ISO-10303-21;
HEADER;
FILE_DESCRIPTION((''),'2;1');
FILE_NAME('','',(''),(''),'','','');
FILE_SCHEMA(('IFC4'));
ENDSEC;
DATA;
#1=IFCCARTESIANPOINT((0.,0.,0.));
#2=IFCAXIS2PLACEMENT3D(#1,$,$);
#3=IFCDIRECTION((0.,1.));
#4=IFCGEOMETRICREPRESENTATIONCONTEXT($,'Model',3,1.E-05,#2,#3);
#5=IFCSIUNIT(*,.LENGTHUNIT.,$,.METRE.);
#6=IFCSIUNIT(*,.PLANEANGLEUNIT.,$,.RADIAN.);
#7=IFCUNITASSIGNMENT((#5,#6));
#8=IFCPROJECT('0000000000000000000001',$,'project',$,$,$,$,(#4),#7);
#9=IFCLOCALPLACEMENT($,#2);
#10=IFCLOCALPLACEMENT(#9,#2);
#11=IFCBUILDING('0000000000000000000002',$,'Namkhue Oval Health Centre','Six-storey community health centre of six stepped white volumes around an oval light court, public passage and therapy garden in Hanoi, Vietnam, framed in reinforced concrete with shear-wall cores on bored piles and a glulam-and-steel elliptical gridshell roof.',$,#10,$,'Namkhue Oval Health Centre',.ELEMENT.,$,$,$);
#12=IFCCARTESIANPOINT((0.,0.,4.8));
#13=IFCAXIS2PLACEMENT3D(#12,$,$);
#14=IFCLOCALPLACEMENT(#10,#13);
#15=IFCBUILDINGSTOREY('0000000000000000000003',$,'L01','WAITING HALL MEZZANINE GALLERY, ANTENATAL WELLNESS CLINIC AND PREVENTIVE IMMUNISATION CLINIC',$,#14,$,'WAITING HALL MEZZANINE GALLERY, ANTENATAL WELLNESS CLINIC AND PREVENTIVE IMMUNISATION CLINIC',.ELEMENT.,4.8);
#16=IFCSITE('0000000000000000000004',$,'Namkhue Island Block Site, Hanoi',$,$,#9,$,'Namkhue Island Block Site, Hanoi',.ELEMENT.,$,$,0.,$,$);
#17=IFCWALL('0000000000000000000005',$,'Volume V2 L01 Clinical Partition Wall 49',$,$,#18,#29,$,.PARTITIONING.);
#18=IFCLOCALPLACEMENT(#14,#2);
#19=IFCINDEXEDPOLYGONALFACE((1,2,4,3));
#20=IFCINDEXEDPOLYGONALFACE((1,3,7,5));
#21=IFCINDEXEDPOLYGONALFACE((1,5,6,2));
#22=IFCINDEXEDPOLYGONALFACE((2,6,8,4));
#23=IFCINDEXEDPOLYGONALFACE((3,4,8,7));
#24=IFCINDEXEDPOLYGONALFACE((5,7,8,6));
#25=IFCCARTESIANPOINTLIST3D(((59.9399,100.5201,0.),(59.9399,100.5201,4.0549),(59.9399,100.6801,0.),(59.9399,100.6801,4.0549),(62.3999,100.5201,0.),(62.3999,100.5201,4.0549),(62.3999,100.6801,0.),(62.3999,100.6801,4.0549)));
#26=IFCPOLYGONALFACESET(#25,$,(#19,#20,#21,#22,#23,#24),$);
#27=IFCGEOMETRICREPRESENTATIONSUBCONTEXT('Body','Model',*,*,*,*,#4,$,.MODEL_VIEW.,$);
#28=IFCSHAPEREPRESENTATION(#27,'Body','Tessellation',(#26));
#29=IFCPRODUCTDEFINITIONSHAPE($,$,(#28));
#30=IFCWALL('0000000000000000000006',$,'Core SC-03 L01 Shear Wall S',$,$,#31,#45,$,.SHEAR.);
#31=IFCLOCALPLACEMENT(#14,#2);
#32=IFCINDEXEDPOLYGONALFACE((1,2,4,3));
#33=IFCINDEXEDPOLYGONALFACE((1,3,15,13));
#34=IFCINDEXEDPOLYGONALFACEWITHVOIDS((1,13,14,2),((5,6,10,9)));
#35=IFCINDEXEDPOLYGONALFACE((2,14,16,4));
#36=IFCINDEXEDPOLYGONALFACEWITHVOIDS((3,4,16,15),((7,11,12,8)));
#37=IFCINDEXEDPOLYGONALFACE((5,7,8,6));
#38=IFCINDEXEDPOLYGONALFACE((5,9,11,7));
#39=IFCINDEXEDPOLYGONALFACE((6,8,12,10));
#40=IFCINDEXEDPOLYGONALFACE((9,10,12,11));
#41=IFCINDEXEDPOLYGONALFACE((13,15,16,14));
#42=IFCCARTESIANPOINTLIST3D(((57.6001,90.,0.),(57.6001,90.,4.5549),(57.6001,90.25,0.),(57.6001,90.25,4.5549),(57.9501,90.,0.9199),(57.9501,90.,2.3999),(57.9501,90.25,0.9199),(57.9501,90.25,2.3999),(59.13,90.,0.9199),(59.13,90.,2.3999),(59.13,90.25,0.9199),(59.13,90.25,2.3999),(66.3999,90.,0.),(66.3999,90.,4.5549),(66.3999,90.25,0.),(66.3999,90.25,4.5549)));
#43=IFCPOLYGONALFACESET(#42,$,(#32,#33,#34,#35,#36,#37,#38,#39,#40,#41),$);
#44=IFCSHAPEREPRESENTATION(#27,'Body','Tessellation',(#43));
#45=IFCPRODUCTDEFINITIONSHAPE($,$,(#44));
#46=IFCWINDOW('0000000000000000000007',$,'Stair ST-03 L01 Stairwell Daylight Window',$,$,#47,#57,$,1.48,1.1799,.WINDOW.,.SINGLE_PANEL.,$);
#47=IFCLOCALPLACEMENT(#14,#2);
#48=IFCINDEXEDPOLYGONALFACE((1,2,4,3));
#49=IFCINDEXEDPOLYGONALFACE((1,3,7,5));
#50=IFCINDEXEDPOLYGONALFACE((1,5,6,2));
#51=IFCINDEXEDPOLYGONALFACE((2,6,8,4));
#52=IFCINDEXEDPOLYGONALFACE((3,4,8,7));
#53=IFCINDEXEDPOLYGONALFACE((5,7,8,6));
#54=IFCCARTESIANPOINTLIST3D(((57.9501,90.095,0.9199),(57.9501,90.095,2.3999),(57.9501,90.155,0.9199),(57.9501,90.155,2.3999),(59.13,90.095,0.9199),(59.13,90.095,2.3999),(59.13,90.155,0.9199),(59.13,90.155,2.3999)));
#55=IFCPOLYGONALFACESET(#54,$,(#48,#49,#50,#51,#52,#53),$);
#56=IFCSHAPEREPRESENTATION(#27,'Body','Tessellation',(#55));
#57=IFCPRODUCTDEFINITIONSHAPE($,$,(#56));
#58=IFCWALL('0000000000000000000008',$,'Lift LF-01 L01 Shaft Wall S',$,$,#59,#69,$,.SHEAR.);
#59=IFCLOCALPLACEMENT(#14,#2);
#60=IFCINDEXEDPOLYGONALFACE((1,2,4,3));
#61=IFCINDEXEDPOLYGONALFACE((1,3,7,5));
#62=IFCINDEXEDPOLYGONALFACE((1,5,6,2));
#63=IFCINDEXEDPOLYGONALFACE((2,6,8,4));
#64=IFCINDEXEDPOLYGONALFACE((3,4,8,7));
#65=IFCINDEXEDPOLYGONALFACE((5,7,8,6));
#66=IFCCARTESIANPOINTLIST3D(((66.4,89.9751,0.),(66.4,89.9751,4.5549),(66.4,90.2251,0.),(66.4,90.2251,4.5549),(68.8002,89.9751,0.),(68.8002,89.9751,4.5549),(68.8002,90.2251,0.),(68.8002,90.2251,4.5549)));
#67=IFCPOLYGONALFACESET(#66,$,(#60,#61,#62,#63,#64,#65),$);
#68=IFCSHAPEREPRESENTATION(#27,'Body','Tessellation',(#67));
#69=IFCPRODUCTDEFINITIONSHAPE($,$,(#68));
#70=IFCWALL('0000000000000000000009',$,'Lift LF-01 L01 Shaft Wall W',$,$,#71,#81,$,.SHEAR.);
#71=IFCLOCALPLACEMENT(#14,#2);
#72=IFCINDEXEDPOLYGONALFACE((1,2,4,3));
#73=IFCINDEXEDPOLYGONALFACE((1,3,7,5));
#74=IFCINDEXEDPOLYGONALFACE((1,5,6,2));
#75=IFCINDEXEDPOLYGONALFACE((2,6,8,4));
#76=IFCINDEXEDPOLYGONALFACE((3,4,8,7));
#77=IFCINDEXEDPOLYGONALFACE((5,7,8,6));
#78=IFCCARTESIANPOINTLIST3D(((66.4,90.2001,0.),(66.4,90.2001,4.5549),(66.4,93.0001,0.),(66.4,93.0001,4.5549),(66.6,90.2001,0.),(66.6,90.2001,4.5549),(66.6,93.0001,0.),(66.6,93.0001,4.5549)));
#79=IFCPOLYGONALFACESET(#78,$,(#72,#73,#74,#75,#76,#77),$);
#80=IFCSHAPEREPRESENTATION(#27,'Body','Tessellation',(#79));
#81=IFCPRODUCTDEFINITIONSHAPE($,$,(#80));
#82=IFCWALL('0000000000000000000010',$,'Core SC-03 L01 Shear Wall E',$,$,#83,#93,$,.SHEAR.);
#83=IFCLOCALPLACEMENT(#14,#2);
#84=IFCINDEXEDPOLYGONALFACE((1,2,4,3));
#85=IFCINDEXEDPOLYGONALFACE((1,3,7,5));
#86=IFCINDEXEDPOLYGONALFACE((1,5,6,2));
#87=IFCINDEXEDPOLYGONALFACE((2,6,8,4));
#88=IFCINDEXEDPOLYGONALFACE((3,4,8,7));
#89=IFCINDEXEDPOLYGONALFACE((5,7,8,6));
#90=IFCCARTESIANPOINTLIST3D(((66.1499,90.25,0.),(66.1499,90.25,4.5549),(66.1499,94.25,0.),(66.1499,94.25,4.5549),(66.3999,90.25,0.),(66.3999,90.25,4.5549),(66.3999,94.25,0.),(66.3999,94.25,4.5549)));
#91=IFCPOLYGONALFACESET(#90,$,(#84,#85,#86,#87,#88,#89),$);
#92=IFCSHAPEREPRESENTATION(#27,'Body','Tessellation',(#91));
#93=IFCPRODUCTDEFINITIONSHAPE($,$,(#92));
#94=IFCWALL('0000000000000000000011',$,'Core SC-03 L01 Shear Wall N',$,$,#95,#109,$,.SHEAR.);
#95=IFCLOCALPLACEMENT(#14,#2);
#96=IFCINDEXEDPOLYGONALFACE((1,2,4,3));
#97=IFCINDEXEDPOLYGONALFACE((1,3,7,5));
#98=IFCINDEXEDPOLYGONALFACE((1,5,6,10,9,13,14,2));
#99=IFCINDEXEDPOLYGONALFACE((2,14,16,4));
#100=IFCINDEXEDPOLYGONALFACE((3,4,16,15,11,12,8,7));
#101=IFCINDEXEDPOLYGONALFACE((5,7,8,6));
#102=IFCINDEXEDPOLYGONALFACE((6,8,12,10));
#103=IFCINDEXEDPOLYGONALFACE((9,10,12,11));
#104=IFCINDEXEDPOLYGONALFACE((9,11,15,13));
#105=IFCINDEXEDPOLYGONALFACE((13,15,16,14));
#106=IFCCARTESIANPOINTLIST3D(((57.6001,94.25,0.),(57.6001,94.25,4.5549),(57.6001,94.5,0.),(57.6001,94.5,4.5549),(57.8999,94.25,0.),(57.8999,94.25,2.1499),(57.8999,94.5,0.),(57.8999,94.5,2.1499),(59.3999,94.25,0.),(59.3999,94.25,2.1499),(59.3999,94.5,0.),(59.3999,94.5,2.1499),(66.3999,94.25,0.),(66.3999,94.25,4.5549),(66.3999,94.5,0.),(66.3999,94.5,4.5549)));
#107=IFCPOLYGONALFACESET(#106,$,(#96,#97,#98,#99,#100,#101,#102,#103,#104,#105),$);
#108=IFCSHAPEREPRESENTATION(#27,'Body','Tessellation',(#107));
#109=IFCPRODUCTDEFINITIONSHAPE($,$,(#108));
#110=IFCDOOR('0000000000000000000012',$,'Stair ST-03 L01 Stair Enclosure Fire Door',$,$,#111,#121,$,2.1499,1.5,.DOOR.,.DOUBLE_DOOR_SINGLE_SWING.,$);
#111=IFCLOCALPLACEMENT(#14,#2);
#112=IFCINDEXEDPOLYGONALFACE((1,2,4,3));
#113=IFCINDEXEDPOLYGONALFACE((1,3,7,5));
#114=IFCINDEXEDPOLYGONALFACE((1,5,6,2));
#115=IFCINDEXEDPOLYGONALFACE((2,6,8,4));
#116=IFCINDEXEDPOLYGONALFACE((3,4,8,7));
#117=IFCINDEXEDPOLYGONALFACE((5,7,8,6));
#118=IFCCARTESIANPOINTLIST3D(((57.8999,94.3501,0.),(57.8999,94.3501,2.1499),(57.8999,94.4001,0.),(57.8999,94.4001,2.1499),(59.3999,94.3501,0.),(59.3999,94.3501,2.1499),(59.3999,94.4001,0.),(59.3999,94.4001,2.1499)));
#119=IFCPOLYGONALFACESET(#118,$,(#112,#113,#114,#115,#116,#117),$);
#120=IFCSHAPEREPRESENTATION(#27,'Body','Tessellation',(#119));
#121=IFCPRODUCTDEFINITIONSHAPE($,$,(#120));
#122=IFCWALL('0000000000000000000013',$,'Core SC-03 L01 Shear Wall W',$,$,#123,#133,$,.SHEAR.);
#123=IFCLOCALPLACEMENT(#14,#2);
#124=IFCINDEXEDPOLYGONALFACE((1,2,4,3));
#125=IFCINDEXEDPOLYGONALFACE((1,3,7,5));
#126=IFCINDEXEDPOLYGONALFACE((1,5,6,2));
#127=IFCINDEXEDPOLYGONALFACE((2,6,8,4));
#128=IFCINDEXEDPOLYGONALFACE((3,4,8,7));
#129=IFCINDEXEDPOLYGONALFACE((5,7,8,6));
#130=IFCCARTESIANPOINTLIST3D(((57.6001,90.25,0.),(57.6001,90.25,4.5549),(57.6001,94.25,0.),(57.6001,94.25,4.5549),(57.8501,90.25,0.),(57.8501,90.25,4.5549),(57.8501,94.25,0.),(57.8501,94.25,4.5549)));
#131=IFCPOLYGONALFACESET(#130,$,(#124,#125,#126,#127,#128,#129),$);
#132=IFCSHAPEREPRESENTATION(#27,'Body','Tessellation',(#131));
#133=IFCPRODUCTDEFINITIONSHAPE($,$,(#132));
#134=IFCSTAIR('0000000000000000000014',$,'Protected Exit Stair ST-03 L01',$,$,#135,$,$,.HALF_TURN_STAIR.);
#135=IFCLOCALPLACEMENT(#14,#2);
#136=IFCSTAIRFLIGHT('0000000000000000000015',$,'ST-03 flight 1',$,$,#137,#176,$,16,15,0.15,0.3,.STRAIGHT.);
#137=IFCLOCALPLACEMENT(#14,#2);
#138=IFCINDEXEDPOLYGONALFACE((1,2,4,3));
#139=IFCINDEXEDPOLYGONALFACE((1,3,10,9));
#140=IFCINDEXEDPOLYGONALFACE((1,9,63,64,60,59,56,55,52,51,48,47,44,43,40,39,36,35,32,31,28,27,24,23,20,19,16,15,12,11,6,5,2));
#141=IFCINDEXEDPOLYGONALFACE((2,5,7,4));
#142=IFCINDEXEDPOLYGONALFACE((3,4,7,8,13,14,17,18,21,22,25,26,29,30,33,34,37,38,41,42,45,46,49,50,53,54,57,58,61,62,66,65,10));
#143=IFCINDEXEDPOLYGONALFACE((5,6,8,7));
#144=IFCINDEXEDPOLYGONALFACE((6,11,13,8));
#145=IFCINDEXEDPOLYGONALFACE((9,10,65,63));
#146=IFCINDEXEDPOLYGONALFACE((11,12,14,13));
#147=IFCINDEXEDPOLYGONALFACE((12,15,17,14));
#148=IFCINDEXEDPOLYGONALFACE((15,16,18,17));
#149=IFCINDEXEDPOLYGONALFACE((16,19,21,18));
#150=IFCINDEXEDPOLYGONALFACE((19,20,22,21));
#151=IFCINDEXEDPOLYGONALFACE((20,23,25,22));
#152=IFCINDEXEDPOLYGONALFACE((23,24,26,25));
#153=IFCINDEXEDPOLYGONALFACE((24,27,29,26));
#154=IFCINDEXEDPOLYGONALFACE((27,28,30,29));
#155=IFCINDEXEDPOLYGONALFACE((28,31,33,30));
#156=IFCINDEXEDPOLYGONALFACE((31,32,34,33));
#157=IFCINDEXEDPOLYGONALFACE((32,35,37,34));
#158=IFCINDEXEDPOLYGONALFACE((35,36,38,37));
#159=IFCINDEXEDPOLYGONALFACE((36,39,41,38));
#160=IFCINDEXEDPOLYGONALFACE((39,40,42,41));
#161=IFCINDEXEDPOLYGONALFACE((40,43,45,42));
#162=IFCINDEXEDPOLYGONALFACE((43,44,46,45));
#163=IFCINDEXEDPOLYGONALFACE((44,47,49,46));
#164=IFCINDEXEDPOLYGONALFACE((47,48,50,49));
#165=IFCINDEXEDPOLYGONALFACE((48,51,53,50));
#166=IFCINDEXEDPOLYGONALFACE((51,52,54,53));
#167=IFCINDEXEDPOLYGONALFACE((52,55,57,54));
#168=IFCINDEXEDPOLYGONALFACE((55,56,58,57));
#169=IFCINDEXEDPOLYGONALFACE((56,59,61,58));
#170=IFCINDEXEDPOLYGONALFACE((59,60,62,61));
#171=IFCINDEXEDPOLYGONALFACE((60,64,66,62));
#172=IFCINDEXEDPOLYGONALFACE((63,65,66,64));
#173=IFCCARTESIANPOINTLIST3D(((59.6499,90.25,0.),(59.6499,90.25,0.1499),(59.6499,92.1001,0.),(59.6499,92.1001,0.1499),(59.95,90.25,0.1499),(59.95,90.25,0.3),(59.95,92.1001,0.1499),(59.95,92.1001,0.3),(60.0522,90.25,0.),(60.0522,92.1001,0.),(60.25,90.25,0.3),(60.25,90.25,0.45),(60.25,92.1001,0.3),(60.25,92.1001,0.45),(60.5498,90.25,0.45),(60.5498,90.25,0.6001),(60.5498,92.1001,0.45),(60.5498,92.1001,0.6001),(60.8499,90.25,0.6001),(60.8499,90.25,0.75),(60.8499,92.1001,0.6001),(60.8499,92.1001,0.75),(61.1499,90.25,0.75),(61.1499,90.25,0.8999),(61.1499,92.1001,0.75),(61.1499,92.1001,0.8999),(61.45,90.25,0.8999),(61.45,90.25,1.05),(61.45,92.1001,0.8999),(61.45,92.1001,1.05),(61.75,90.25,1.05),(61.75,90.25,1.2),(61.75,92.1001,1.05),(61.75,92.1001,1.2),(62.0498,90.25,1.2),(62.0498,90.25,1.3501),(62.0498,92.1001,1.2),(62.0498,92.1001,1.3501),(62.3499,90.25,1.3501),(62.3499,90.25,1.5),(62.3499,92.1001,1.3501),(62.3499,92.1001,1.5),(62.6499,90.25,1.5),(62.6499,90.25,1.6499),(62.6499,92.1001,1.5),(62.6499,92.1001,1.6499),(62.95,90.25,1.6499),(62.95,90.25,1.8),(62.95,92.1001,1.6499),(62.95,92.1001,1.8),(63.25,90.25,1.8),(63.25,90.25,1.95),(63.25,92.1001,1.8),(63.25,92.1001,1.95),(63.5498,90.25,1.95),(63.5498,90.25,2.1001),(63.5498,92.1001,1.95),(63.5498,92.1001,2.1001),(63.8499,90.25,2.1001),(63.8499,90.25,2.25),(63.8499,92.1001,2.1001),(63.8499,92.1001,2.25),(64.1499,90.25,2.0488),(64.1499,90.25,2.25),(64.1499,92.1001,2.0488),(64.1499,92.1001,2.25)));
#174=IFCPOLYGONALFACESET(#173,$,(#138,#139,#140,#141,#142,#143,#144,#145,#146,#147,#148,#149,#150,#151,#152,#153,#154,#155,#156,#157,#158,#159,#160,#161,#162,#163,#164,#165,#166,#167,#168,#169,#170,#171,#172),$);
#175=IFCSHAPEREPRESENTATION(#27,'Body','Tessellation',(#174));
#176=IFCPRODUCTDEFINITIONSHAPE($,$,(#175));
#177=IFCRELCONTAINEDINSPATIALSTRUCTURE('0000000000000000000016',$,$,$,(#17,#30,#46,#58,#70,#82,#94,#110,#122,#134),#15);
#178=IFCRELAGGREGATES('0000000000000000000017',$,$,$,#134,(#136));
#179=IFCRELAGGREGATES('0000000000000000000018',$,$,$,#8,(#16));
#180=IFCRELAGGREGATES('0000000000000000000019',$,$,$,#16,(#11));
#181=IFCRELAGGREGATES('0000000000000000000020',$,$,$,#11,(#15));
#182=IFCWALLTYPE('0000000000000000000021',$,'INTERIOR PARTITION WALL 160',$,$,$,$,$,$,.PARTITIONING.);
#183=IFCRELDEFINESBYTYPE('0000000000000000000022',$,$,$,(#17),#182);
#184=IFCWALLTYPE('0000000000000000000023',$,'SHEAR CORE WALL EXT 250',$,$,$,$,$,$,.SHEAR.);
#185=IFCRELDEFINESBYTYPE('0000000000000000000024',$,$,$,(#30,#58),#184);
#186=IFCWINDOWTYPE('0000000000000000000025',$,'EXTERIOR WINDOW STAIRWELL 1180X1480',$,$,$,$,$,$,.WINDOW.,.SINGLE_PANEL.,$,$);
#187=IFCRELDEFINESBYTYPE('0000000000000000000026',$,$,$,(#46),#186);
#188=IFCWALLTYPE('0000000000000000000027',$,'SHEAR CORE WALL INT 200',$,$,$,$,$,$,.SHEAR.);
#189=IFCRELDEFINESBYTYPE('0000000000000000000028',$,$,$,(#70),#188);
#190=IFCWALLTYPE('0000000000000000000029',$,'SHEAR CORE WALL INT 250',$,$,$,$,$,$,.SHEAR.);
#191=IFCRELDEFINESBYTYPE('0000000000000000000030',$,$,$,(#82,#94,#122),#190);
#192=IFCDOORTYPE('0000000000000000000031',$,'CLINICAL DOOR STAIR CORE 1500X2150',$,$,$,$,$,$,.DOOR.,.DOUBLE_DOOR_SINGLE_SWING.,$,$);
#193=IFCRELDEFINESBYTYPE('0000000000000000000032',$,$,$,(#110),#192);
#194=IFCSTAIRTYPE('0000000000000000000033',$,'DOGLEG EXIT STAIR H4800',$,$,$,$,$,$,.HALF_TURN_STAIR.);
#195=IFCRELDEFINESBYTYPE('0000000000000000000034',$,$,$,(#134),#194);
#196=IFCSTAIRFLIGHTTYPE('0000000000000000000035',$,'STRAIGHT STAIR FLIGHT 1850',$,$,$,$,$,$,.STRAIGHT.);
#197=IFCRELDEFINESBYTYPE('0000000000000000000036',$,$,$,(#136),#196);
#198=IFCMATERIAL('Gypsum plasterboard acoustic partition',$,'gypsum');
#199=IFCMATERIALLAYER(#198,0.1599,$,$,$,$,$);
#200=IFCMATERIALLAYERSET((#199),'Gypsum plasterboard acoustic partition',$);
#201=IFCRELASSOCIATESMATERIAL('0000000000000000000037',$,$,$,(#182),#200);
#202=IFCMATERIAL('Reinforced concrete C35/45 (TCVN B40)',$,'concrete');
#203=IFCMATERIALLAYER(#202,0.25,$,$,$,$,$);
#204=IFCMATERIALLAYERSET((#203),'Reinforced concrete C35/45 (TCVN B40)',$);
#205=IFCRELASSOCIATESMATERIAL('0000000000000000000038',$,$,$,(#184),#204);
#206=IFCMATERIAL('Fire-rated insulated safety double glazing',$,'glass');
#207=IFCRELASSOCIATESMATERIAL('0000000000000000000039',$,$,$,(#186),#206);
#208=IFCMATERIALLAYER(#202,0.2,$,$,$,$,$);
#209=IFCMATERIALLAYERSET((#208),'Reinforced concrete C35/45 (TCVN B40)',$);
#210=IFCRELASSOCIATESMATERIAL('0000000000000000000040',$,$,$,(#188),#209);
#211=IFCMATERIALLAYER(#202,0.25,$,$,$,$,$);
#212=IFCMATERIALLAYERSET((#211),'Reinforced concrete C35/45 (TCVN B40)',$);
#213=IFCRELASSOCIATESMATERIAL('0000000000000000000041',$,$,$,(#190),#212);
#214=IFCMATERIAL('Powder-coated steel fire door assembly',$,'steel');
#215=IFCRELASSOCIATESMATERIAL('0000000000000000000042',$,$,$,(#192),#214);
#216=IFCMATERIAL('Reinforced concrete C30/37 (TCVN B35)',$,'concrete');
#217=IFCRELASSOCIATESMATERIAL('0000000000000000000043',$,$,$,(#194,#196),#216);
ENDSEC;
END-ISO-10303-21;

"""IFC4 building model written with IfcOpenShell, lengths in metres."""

from ifc_helpers import new_model, si_unit, direction, frame, frame_2d, origin, place, context, subcontext, project, spatial, polyline, rectangle, outline, extrude, material, layer, layer_set, type_object, element, fill, aggregate, save


model = new_model("IFC4")

# Units and contexts
model_context = context("Model", 3, precision=1e-05, world=origin(), true_north=direction((0.0, 1.0)))
body_context = subcontext(model_context, "Body", "Model", "MODEL_VIEW")
ifc_project = project(units=[si_unit("LENGTHUNIT", "METRE"), si_unit("PLANEANGLEUNIT", "RADIAN")], contexts=[model_context])

# Site, building, storey
site_placement = place(None, origin())
site = spatial("IfcSite", under=ifc_project, at=site_placement, Name="Namkhue Island Block Site, Hanoi", LongName="Namkhue Island Block Site, Hanoi", CompositionType="ELEMENT", RefElevation=0.0)
building_placement = place(site_placement, origin())
building = spatial("IfcBuilding", under=site, at=building_placement, Name="Namkhue Oval Health Centre", Description="Six-storey community health centre of six stepped white volumes around an oval light court, public passage and therapy garden in Hanoi, Vietnam, framed in reinforced concrete with shear-wall cores on bored piles and a glulam-and-steel elliptical gridshell roof.", LongName="Namkhue Oval Health Centre", CompositionType="ELEMENT")
storey_placement = place(building_placement, frame((0.0, 0.0, 4.8)))
storey = spatial("IfcBuildingStorey", under=building, at=storey_placement, Name="L01", Description="WAITING HALL MEZZANINE GALLERY, ANTENATAL WELLNESS CLINIC AND PREVENTIVE IMMUNISATION CLINIC", LongName="WAITING HALL MEZZANINE GALLERY, ANTENATAL WELLNESS CLINIC AND PREVENTIVE IMMUNISATION CLINIC", CompositionType="ELEMENT", Elevation=4.8)

# Shared definitions
ifc_material_1 = material(Name="Reinforced concrete C35/45 (TCVN B40)", Category="concrete")

# Shared definitions
ifc_material_2 = material(Name="Reinforced concrete C30/37 (TCVN B35)", Category="concrete")

# Wall
ifc_material_3 = material(Name="Gypsum plasterboard acoustic partition", Category="gypsum")
ifc_layer_1 = layer(ifc_material_3, 0.1599)
ifc_layer_set_1 = layer_set([ifc_layer_1], Name="Gypsum plasterboard acoustic partition")
wall_type_1 = type_object("IfcWallType", Name="INTERIOR PARTITION WALL 160", PredefinedType="PARTITIONING", material=ifc_layer_set_1)
wall_1_placement = place(storey_placement, frame((59.9399, 100.6001, 0.0), z_axis=(0.0, 0.0, 1.0), x_axis=(1.0, 0.0, 0.0)))
element("IfcWall", 1, at=wall_1_placement, inside=storey, type_object=wall_type_1, Name="Volume V2 L01 Clinical Partition Wall 49", PredefinedType="PARTITIONING", context=body_context, shape_type="SweptSolid", body=[
    extrude(rectangle(XDim=2.46, YDim=0.1599, at=frame_2d((1.23, 0.0))), origin(), (0.0, 0.0, 1.0), 4.0549),
])

# Wall, opening, window
ifc_layer_2 = layer(ifc_material_1, 0.25)
ifc_layer_set_2 = layer_set([ifc_layer_2], Name="Reinforced concrete C35/45 (TCVN B40)")
wall_type_2 = type_object("IfcWallType", Name="SHEAR CORE WALL EXT 250", PredefinedType="SHEAR", material=ifc_layer_set_2)
wall_2_placement = place(storey_placement, frame((57.6001, 90.125, 0.0), z_axis=(0.0, 0.0, 1.0), x_axis=(1.0, 0.0, 0.0)))
wall_2 = element("IfcWall", 2, at=wall_2_placement, inside=storey, type_object=wall_type_2, Name="Core SC-03 L01 Shear Wall S", PredefinedType="SHEAR", context=body_context, shape_type="SweptSolid", body=[
    extrude(rectangle(XDim=8.7998, YDim=0.25, at=frame_2d((4.3999, 0.0))), origin(), (0.0, 0.0, 1.0), 4.5549),
])
opening_1_placement = place(wall_2_placement, frame((0.3501, 0.0, 0.9199)))
opening_1 = element("IfcOpeningElement", 3, at=opening_1_placement, cuts=wall_2, PredefinedType="OPENING", context=body_context, shape_type="SweptSolid", body=[
    extrude(rectangle(XDim=1.1799, YDim=1.48, at=frame_2d((0.5898, 0.74))), frame((0.0, 0.135, 0.0), z_axis=(0.0, -1.0, 0.0), x_axis=(1.0, 0.0, 0.0)), (0.0, 0.0, 1.0), 0.27),
])
ifc_material_4 = material(Name="Fire-rated insulated safety double glazing", Category="glass")
window_type = type_object("IfcWindowType", Name="EXTERIOR WINDOW STAIRWELL 1180X1480", PartitioningType="SINGLE_PANEL", PredefinedType="WINDOW", material=ifc_material_4)
window_placement = place(opening_1_placement, origin())
window = element("IfcWindow", 4, at=window_placement, inside=storey, type_object=window_type, Name="Stair ST-03 L01 Stairwell Daylight Window", OverallHeight=1.48, OverallWidth=1.1799, PartitioningType="SINGLE_PANEL", PredefinedType="WINDOW", context=body_context, shape_type="SweptSolid", body=[
    extrude(rectangle(XDim=1.1799, YDim=1.48, at=frame_2d((0.5898, 0.74))), frame((0.0, 0.03, 0.0), z_axis=(0.0, -1.0, 0.0), x_axis=(1.0, 0.0, 0.0)), (0.0, 0.0, 1.0), 0.0601),
])
fill(opening_1, window)

# Walls
wall_3_placement = place(storey_placement, frame((66.3999, 90.1001, 0.0), z_axis=(0.0, 0.0, 1.0), x_axis=(1.0, 0.0, 0.0)))
element("IfcWall", 5, at=wall_3_placement, inside=storey, type_object=wall_type_2, Name="Lift LF-01 L01 Shaft Wall S", PredefinedType="SHEAR", context=body_context, shape_type="SweptSolid", body=[
    extrude(rectangle(XDim=2.4001, YDim=0.25, at=frame_2d((1.2002, 0.0))), origin(), (0.0, 0.0, 1.0), 4.5549),
])
ifc_layer_3 = layer(ifc_material_1, 0.2)
ifc_layer_set_3 = layer_set([ifc_layer_3], Name="Reinforced concrete C35/45 (TCVN B40)")
wall_type_3 = type_object("IfcWallType", Name="SHEAR CORE WALL INT 200", PredefinedType="SHEAR", material=ifc_layer_set_3)
wall_4_placement = place(storey_placement, frame((66.5, 93.0, 0.0), z_axis=(0.0, 0.0, 1.0), x_axis=(0.0, -1.0, 0.0)))
element("IfcWall", 6, at=wall_4_placement, inside=storey, type_object=wall_type_3, Name="Lift LF-01 L01 Shaft Wall W", PredefinedType="SHEAR", context=body_context, shape_type="SweptSolid", body=[
    extrude(rectangle(XDim=2.8, YDim=0.2, at=frame_2d((1.3999, 0.0))), origin(), (0.0, 0.0, 1.0), 4.5549),
])
ifc_layer_4 = layer(ifc_material_1, 0.25)
ifc_layer_set_4 = layer_set([ifc_layer_4], Name="Reinforced concrete C35/45 (TCVN B40)")
wall_type_4 = type_object("IfcWallType", Name="SHEAR CORE WALL INT 250", PredefinedType="SHEAR", material=ifc_layer_set_4)
wall_5_placement = place(storey_placement, frame((66.2749, 90.25, 0.0), z_axis=(0.0, 0.0, 1.0), x_axis=(0.0, 1.0, 0.0)))
element("IfcWall", 7, at=wall_5_placement, inside=storey, type_object=wall_type_4, Name="Core SC-03 L01 Shear Wall E", PredefinedType="SHEAR", context=body_context, shape_type="SweptSolid", body=[
    extrude(rectangle(XDim=4.0, YDim=0.25, at=frame_2d((2.0, 0.0))), origin(), (0.0, 0.0, 1.0), 4.5549),
])

# Wall, opening, door
wall_6_placement = place(storey_placement, frame((66.3999, 94.375, 0.0), z_axis=(0.0, 0.0, 1.0), x_axis=(-1.0, 0.0, 0.0)))
wall_6 = element("IfcWall", 8, at=wall_6_placement, inside=storey, type_object=wall_type_4, Name="Core SC-03 L01 Shear Wall N", PredefinedType="SHEAR", context=body_context, shape_type="SweptSolid", body=[
    extrude(rectangle(XDim=8.7998, YDim=0.25, at=frame_2d((4.3999, 0.0))), origin(), (0.0, 0.0, 1.0), 4.5549),
])
opening_2_placement = place(wall_6_placement, frame((7.0, 0.0, 0.0)))
opening_2 = element("IfcOpeningElement", 9, at=opening_2_placement, cuts=wall_6, PredefinedType="OPENING", context=body_context, shape_type="SweptSolid", body=[
    extrude(rectangle(XDim=1.5, YDim=2.1499, at=frame_2d((0.75, 1.075))), frame((0.0, 0.135, 0.0), z_axis=(0.0, -1.0, 0.0), x_axis=(1.0, 0.0, 0.0)), (0.0, 0.0, 1.0), 0.27),
])
ifc_material_5 = material(Name="Powder-coated steel fire door assembly", Category="steel")
door_type = type_object("IfcDoorType", Name="CLINICAL DOOR STAIR CORE 1500X2150", OperationType="DOUBLE_DOOR_SINGLE_SWING", PredefinedType="DOOR", material=ifc_material_5)
door_placement = place(opening_2_placement, origin())
door = element("IfcDoor", 10, at=door_placement, inside=storey, type_object=door_type, Name="Stair ST-03 L01 Stair Enclosure Fire Door", OperationType="DOUBLE_DOOR_SINGLE_SWING", OverallHeight=2.1499, OverallWidth=1.5, PredefinedType="DOOR", context=body_context, shape_type="SweptSolid", body=[
    extrude(rectangle(XDim=1.5, YDim=2.1499, at=frame_2d((0.75, 1.075))), frame((0.0, 0.0249, 0.0), z_axis=(0.0, -1.0, 0.0), x_axis=(1.0, 0.0, 0.0)), (0.0, 0.0, 1.0), 0.05),
])
fill(opening_2, door)

# Wall
wall_7_placement = place(storey_placement, frame((57.7251, 94.25, 0.0), z_axis=(0.0, 0.0, 1.0), x_axis=(0.0, -1.0, 0.0)))
element("IfcWall", 11, at=wall_7_placement, inside=storey, type_object=wall_type_4, Name="Core SC-03 L01 Shear Wall W", PredefinedType="SHEAR", context=body_context, shape_type="SweptSolid", body=[
    extrude(rectangle(XDim=4.0, YDim=0.25, at=frame_2d((2.0, 0.0))), origin(), (0.0, 0.0, 1.0), 4.5549),
])

# Stair, stair flight
stair_type = type_object("IfcStairType", Name="DOGLEG EXIT STAIR H4800", PredefinedType="HALF_TURN_STAIR", material=ifc_material_2)
stair_placement = place(storey_placement, origin())
stair = element("IfcStair", 12, at=stair_placement, inside=storey, type_object=stair_type, Name="Protected Exit Stair ST-03 L01", PredefinedType="HALF_TURN_STAIR")
stair_flight_type = type_object("IfcStairFlightType", Name="STRAIGHT STAIR FLIGHT 1850", PredefinedType="STRAIGHT", material=ifc_material_2)
stair_flight_1_placement = place(storey_placement, frame((59.6499, 91.175, 0.0), z_axis=(0.0, 0.0, 1.0), x_axis=(1.0, 0.0, 0.0)))
stair_flight_1 = element("IfcStairFlight", 13, at=stair_flight_1_placement, type_object=stair_flight_type, Name="ST-03 flight 1", NumberOfRisers=16, NumberOfTreads=15, PredefinedType="STRAIGHT", RiserHeight=0.15, TreadLength=0.3, context=body_context, shape_type="SweptSolid", body=[
    extrude(outline(polyline([(0.0, 0.0), (0.0, 0.1499), (0.3, 0.1499), (0.3, 0.3), (0.6001, 0.3), (0.6001, 0.45), (0.8999, 0.45), (0.8999, 0.6001), (1.2, 0.6001), (1.2, 0.75), (1.5, 0.75), (1.5, 0.8999), (1.8, 0.8999), (1.8, 1.05), (2.1001, 1.05), (2.1001, 1.2), (2.3999, 1.2), (2.3999, 1.3501), (2.7, 1.3501), (2.7, 1.5), (3.0, 1.5), (3.0, 1.6499), (3.3, 1.6499), (3.3, 1.8), (3.6001, 1.8), (3.6001, 1.95), (3.8999, 1.95), (3.8999, 2.1001), (4.2, 2.1001), (4.2, 2.25), (4.5, 2.25), (4.5, 2.3999), (4.5, 2.0488), (0.4023, 0.0), (0.0, 0.0)])), frame((0.0, 0.925, 0.0), z_axis=(0.0, -1.0, 0.0), x_axis=(1.0, 0.0, 0.0)), (0.0, 0.0, 1.0), 1.8501),
])
aggregate(stair, [stair_flight_1])

save(model, "model.ifc")
